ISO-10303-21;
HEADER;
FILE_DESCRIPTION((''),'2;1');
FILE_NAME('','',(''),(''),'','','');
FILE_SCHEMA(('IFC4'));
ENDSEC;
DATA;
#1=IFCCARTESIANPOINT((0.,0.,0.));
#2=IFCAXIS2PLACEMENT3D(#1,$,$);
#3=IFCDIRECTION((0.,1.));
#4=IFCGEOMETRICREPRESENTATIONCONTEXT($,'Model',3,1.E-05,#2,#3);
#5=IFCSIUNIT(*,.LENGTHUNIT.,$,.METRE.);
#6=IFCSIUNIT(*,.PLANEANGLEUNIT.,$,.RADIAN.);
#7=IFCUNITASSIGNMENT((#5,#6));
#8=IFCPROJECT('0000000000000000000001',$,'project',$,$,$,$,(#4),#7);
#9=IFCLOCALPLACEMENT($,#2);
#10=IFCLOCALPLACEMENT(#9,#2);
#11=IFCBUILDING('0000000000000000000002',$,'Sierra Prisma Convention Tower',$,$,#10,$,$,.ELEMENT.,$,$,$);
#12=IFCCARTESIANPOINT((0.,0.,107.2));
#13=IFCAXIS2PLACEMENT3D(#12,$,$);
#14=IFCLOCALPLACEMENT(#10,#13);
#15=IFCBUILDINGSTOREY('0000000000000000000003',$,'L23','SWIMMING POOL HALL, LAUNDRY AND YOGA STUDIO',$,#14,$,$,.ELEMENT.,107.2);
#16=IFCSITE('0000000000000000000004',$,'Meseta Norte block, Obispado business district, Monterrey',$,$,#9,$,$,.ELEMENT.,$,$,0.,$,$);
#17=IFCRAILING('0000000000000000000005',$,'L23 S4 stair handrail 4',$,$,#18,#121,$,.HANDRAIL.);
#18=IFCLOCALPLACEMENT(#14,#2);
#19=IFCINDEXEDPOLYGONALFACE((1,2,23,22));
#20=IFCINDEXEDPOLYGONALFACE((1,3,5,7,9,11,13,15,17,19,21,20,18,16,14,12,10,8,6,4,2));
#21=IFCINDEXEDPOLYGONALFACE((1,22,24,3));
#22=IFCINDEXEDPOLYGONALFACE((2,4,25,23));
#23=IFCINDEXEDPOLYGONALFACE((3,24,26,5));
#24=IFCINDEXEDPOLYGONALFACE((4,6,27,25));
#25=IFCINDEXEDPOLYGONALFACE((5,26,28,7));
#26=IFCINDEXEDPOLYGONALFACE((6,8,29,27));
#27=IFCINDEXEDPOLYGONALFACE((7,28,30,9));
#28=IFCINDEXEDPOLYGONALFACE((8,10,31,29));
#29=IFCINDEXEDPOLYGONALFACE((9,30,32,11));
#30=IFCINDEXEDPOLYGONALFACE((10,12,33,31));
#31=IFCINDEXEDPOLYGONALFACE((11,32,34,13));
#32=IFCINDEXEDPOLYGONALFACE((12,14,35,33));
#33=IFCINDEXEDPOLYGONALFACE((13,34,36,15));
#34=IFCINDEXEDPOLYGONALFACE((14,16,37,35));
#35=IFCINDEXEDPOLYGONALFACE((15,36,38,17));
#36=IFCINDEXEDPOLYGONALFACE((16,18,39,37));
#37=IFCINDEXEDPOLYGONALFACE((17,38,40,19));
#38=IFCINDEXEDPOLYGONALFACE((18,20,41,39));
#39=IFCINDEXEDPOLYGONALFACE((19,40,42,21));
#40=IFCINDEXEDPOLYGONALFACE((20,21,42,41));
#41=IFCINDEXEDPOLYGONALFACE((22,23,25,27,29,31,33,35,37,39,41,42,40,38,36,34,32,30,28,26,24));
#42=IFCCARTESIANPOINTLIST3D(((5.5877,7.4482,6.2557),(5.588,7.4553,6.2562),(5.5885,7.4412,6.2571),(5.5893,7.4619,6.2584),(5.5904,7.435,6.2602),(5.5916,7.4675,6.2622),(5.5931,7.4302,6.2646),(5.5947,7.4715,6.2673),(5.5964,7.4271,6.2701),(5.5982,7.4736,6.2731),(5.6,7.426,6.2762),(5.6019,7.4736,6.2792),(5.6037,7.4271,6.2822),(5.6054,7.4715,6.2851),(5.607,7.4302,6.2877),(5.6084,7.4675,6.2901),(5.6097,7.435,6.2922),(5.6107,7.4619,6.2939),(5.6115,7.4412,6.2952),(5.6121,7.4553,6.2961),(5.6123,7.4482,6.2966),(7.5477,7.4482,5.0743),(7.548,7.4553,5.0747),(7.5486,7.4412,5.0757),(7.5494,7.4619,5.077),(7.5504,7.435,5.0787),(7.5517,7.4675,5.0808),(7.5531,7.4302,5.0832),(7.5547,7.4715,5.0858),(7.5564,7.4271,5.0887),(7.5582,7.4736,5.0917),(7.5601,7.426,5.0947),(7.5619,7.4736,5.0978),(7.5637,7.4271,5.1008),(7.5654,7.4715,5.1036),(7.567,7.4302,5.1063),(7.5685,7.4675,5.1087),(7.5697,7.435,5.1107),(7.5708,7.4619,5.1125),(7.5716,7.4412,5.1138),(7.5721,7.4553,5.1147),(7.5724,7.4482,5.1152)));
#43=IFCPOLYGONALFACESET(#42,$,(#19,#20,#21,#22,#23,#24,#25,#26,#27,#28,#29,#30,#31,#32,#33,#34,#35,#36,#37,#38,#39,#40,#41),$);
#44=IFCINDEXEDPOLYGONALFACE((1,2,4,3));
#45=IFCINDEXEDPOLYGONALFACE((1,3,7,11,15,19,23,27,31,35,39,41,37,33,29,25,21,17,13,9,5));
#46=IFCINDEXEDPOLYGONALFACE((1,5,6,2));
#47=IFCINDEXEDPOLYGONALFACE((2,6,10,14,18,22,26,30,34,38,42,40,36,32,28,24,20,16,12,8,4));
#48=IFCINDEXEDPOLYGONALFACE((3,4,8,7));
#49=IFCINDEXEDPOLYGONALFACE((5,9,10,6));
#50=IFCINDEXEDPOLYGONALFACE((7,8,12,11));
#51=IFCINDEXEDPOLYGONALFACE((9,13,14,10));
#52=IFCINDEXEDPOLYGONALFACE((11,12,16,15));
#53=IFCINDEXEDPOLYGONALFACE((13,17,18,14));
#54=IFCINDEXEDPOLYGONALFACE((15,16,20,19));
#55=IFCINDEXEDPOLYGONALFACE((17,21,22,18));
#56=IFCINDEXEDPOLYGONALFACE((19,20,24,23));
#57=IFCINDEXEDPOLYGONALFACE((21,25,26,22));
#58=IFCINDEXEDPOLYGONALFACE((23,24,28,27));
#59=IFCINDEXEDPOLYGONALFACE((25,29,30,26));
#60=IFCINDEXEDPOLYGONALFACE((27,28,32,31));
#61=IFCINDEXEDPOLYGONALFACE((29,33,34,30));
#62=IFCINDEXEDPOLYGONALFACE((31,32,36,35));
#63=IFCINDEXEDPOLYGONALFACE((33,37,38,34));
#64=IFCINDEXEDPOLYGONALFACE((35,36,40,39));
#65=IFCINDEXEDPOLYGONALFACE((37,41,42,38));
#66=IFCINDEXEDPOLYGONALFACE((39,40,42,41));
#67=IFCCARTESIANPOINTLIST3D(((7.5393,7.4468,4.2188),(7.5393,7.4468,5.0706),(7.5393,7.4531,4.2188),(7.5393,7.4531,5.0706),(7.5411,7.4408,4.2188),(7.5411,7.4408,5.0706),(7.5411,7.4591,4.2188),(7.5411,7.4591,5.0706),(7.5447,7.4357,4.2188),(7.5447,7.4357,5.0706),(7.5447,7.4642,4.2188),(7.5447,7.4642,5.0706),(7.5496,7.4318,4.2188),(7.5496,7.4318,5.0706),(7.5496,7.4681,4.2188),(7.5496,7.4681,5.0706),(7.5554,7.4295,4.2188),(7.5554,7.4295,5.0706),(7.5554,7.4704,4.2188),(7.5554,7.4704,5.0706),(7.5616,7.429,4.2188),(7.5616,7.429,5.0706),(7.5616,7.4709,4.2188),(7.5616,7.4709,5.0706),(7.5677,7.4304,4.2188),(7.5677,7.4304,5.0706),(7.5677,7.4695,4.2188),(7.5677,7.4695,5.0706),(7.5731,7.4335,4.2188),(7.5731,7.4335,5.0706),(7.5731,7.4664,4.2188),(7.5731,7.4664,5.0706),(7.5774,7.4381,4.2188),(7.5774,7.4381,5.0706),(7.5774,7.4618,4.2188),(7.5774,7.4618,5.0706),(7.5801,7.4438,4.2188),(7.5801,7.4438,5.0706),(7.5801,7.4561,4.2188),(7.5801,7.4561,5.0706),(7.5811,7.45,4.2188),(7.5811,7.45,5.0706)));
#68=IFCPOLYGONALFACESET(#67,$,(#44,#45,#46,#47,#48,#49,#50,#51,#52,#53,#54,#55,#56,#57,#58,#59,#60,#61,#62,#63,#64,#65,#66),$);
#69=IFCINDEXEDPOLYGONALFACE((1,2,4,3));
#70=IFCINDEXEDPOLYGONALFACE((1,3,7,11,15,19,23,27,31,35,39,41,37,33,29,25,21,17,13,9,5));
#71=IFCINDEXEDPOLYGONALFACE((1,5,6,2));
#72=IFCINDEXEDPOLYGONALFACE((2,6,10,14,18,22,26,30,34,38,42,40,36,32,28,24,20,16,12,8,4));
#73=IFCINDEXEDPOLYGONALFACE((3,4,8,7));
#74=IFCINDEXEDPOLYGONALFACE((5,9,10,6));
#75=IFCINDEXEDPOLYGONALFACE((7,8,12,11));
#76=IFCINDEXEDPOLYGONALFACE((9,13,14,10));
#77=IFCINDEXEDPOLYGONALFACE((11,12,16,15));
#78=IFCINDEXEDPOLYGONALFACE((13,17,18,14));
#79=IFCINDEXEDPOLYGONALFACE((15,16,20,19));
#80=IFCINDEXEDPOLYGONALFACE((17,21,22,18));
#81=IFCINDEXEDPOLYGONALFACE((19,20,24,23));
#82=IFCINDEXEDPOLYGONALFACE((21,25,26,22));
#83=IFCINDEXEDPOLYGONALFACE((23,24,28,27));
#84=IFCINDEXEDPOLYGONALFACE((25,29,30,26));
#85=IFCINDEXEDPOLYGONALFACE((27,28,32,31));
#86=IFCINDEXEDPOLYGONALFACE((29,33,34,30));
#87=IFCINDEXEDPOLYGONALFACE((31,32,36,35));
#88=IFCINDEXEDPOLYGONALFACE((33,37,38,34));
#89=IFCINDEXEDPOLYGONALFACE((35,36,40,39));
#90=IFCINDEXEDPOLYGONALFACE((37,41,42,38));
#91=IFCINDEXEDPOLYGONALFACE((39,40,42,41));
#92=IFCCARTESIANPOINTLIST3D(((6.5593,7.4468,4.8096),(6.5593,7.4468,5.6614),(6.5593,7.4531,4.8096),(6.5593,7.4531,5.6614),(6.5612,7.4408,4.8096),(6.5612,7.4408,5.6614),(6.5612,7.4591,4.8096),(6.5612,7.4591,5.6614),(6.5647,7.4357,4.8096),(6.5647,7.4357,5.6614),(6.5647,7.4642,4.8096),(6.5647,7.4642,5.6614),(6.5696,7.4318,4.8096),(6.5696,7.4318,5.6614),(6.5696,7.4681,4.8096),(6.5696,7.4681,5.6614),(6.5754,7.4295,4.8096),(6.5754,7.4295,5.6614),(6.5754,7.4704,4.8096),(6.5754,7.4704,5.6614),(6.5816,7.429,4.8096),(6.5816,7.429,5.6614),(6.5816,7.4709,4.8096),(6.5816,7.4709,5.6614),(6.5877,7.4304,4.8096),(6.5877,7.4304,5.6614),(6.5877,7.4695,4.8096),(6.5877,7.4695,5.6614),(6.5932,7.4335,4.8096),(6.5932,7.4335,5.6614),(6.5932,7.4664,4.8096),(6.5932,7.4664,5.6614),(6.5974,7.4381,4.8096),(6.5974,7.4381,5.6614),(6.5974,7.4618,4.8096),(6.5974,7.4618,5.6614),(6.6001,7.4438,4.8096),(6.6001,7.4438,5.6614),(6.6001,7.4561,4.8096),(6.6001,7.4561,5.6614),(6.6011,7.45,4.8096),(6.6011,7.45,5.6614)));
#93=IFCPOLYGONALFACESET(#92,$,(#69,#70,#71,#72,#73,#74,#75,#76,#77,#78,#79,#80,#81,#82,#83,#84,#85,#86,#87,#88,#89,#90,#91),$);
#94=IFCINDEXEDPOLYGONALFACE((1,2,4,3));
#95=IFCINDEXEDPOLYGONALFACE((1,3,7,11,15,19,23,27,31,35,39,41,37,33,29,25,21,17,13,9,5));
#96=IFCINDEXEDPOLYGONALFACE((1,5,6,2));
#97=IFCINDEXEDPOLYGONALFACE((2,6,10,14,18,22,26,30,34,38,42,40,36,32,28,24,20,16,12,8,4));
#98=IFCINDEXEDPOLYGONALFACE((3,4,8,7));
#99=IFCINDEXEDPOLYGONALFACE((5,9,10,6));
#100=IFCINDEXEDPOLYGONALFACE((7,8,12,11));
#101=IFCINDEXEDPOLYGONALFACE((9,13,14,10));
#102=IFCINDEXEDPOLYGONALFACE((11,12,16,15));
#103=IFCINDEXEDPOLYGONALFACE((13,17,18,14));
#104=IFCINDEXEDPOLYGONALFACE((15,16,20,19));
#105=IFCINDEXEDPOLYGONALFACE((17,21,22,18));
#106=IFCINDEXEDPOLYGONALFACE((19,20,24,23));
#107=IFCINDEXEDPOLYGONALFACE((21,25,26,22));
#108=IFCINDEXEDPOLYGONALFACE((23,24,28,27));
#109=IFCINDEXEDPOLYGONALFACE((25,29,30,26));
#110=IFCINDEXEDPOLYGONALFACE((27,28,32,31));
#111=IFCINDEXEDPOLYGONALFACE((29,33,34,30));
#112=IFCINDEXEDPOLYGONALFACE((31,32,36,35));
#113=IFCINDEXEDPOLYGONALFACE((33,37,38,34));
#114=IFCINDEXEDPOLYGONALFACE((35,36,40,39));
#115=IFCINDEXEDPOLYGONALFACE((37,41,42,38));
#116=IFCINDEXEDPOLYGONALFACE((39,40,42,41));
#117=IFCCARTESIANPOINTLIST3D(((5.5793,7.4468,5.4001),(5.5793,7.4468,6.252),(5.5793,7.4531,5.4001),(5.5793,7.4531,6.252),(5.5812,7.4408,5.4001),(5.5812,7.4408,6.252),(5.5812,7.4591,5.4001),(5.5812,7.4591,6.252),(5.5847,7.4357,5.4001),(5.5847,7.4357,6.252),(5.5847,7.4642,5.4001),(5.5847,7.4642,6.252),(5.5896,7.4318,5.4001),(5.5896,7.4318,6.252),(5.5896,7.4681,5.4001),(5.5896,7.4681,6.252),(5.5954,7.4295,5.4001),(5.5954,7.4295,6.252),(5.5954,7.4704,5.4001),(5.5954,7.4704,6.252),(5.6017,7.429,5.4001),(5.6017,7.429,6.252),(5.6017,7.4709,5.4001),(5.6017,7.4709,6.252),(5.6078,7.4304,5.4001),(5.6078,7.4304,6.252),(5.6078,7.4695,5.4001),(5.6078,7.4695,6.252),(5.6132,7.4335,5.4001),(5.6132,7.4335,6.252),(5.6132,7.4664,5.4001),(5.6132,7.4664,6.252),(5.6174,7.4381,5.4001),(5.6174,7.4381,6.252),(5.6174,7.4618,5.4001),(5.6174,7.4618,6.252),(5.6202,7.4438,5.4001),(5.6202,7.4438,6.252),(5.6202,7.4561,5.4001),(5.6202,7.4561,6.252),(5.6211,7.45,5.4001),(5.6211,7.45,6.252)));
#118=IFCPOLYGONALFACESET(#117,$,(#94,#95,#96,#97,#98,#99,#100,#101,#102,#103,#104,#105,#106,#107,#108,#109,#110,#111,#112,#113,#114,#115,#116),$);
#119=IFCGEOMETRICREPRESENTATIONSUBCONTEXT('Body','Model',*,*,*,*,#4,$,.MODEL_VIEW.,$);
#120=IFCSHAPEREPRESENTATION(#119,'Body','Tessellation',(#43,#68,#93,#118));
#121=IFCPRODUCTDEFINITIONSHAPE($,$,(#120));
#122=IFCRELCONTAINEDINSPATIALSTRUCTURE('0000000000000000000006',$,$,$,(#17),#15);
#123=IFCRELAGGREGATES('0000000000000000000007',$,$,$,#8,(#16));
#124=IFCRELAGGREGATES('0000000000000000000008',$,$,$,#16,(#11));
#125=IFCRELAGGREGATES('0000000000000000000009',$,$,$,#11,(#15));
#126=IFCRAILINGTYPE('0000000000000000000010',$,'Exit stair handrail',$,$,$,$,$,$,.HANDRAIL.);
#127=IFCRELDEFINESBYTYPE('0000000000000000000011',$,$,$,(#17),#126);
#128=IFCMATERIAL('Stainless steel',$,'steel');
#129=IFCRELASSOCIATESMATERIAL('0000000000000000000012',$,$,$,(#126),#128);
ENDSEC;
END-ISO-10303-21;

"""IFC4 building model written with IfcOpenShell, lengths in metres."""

from ifc_helpers import new_model, si_unit, direction, frame, origin, origin_2d, place, context, subcontext, project, spatial, circle, extrude, material, type_object, element, save


model = new_model("IFC4")

# Units and contexts
model_context = context("Model", 3, precision=1e-05, world=origin(), true_north=direction((0.0, 1.0)))
body_context = subcontext(model_context, "Body", "Model", "MODEL_VIEW")
ifc_project = project(units=[si_unit("LENGTHUNIT", "METRE"), si_unit("PLANEANGLEUNIT", "RADIAN")], contexts=[model_context])

# Site, building, storey
site_placement = place(None, origin())
site = spatial("IfcSite", under=ifc_project, at=site_placement, Name="Meseta Norte block, Obispado business district, Monterrey", CompositionType="ELEMENT", RefElevation=0.0)
building_placement = place(site_placement, origin())
building = spatial("IfcBuilding", under=site, at=building_placement, Name="Sierra Prisma Convention Tower", CompositionType="ELEMENT")
storey_placement = place(building_placement, frame((0.0, 0.0, 107.2)))
storey = spatial("IfcBuildingStorey", under=building, at=storey_placement, Name="L23", Description="SWIMMING POOL HALL, LAUNDRY AND YOGA STUDIO", CompositionType="ELEMENT", Elevation=107.2)

# Railing
ifc_material_1 = material(Name="Stainless steel", Category="steel")
railing_type_1 = type_object("IfcRailingType", Name="Exit stair handrail", PredefinedType="HANDRAIL", material=ifc_material_1)
railing_1_placement = place(storey_placement, frame((7.5601, 7.45, 4.2188)))
element("IfcRailing", 1, at=railing_1_placement, inside=storey, type_object=railing_type_1, Name="L23 S4 stair handrail 4", PredefinedType="HANDRAIL", context=body_context, shape_type="SweptSolid", body=[
    extrude(circle(Radius=0.0239, at=origin_2d()), frame((0.0, 0.0, 0.876), z_axis=(-0.856446, 0.0, 0.516236), x_axis=(0.0, -1.0, 0.0)), (0.0, 0.0, 1.0), 2.2886),
    extrude(circle(Radius=0.021, at=origin_2d()), origin(), (0.0, 0.0, 1.0), 0.8518),
    extrude(circle(Radius=0.021, at=origin_2d()), frame((-0.98, 0.0, 0.5908)), (0.0, 0.0, 1.0), 0.8518),
    extrude(circle(Radius=0.021, at=origin_2d()), frame((-1.96, 0.0, 1.1814)), (0.0, 0.0, 1.0), 0.8518),
])

save(model, "model.ifc")
